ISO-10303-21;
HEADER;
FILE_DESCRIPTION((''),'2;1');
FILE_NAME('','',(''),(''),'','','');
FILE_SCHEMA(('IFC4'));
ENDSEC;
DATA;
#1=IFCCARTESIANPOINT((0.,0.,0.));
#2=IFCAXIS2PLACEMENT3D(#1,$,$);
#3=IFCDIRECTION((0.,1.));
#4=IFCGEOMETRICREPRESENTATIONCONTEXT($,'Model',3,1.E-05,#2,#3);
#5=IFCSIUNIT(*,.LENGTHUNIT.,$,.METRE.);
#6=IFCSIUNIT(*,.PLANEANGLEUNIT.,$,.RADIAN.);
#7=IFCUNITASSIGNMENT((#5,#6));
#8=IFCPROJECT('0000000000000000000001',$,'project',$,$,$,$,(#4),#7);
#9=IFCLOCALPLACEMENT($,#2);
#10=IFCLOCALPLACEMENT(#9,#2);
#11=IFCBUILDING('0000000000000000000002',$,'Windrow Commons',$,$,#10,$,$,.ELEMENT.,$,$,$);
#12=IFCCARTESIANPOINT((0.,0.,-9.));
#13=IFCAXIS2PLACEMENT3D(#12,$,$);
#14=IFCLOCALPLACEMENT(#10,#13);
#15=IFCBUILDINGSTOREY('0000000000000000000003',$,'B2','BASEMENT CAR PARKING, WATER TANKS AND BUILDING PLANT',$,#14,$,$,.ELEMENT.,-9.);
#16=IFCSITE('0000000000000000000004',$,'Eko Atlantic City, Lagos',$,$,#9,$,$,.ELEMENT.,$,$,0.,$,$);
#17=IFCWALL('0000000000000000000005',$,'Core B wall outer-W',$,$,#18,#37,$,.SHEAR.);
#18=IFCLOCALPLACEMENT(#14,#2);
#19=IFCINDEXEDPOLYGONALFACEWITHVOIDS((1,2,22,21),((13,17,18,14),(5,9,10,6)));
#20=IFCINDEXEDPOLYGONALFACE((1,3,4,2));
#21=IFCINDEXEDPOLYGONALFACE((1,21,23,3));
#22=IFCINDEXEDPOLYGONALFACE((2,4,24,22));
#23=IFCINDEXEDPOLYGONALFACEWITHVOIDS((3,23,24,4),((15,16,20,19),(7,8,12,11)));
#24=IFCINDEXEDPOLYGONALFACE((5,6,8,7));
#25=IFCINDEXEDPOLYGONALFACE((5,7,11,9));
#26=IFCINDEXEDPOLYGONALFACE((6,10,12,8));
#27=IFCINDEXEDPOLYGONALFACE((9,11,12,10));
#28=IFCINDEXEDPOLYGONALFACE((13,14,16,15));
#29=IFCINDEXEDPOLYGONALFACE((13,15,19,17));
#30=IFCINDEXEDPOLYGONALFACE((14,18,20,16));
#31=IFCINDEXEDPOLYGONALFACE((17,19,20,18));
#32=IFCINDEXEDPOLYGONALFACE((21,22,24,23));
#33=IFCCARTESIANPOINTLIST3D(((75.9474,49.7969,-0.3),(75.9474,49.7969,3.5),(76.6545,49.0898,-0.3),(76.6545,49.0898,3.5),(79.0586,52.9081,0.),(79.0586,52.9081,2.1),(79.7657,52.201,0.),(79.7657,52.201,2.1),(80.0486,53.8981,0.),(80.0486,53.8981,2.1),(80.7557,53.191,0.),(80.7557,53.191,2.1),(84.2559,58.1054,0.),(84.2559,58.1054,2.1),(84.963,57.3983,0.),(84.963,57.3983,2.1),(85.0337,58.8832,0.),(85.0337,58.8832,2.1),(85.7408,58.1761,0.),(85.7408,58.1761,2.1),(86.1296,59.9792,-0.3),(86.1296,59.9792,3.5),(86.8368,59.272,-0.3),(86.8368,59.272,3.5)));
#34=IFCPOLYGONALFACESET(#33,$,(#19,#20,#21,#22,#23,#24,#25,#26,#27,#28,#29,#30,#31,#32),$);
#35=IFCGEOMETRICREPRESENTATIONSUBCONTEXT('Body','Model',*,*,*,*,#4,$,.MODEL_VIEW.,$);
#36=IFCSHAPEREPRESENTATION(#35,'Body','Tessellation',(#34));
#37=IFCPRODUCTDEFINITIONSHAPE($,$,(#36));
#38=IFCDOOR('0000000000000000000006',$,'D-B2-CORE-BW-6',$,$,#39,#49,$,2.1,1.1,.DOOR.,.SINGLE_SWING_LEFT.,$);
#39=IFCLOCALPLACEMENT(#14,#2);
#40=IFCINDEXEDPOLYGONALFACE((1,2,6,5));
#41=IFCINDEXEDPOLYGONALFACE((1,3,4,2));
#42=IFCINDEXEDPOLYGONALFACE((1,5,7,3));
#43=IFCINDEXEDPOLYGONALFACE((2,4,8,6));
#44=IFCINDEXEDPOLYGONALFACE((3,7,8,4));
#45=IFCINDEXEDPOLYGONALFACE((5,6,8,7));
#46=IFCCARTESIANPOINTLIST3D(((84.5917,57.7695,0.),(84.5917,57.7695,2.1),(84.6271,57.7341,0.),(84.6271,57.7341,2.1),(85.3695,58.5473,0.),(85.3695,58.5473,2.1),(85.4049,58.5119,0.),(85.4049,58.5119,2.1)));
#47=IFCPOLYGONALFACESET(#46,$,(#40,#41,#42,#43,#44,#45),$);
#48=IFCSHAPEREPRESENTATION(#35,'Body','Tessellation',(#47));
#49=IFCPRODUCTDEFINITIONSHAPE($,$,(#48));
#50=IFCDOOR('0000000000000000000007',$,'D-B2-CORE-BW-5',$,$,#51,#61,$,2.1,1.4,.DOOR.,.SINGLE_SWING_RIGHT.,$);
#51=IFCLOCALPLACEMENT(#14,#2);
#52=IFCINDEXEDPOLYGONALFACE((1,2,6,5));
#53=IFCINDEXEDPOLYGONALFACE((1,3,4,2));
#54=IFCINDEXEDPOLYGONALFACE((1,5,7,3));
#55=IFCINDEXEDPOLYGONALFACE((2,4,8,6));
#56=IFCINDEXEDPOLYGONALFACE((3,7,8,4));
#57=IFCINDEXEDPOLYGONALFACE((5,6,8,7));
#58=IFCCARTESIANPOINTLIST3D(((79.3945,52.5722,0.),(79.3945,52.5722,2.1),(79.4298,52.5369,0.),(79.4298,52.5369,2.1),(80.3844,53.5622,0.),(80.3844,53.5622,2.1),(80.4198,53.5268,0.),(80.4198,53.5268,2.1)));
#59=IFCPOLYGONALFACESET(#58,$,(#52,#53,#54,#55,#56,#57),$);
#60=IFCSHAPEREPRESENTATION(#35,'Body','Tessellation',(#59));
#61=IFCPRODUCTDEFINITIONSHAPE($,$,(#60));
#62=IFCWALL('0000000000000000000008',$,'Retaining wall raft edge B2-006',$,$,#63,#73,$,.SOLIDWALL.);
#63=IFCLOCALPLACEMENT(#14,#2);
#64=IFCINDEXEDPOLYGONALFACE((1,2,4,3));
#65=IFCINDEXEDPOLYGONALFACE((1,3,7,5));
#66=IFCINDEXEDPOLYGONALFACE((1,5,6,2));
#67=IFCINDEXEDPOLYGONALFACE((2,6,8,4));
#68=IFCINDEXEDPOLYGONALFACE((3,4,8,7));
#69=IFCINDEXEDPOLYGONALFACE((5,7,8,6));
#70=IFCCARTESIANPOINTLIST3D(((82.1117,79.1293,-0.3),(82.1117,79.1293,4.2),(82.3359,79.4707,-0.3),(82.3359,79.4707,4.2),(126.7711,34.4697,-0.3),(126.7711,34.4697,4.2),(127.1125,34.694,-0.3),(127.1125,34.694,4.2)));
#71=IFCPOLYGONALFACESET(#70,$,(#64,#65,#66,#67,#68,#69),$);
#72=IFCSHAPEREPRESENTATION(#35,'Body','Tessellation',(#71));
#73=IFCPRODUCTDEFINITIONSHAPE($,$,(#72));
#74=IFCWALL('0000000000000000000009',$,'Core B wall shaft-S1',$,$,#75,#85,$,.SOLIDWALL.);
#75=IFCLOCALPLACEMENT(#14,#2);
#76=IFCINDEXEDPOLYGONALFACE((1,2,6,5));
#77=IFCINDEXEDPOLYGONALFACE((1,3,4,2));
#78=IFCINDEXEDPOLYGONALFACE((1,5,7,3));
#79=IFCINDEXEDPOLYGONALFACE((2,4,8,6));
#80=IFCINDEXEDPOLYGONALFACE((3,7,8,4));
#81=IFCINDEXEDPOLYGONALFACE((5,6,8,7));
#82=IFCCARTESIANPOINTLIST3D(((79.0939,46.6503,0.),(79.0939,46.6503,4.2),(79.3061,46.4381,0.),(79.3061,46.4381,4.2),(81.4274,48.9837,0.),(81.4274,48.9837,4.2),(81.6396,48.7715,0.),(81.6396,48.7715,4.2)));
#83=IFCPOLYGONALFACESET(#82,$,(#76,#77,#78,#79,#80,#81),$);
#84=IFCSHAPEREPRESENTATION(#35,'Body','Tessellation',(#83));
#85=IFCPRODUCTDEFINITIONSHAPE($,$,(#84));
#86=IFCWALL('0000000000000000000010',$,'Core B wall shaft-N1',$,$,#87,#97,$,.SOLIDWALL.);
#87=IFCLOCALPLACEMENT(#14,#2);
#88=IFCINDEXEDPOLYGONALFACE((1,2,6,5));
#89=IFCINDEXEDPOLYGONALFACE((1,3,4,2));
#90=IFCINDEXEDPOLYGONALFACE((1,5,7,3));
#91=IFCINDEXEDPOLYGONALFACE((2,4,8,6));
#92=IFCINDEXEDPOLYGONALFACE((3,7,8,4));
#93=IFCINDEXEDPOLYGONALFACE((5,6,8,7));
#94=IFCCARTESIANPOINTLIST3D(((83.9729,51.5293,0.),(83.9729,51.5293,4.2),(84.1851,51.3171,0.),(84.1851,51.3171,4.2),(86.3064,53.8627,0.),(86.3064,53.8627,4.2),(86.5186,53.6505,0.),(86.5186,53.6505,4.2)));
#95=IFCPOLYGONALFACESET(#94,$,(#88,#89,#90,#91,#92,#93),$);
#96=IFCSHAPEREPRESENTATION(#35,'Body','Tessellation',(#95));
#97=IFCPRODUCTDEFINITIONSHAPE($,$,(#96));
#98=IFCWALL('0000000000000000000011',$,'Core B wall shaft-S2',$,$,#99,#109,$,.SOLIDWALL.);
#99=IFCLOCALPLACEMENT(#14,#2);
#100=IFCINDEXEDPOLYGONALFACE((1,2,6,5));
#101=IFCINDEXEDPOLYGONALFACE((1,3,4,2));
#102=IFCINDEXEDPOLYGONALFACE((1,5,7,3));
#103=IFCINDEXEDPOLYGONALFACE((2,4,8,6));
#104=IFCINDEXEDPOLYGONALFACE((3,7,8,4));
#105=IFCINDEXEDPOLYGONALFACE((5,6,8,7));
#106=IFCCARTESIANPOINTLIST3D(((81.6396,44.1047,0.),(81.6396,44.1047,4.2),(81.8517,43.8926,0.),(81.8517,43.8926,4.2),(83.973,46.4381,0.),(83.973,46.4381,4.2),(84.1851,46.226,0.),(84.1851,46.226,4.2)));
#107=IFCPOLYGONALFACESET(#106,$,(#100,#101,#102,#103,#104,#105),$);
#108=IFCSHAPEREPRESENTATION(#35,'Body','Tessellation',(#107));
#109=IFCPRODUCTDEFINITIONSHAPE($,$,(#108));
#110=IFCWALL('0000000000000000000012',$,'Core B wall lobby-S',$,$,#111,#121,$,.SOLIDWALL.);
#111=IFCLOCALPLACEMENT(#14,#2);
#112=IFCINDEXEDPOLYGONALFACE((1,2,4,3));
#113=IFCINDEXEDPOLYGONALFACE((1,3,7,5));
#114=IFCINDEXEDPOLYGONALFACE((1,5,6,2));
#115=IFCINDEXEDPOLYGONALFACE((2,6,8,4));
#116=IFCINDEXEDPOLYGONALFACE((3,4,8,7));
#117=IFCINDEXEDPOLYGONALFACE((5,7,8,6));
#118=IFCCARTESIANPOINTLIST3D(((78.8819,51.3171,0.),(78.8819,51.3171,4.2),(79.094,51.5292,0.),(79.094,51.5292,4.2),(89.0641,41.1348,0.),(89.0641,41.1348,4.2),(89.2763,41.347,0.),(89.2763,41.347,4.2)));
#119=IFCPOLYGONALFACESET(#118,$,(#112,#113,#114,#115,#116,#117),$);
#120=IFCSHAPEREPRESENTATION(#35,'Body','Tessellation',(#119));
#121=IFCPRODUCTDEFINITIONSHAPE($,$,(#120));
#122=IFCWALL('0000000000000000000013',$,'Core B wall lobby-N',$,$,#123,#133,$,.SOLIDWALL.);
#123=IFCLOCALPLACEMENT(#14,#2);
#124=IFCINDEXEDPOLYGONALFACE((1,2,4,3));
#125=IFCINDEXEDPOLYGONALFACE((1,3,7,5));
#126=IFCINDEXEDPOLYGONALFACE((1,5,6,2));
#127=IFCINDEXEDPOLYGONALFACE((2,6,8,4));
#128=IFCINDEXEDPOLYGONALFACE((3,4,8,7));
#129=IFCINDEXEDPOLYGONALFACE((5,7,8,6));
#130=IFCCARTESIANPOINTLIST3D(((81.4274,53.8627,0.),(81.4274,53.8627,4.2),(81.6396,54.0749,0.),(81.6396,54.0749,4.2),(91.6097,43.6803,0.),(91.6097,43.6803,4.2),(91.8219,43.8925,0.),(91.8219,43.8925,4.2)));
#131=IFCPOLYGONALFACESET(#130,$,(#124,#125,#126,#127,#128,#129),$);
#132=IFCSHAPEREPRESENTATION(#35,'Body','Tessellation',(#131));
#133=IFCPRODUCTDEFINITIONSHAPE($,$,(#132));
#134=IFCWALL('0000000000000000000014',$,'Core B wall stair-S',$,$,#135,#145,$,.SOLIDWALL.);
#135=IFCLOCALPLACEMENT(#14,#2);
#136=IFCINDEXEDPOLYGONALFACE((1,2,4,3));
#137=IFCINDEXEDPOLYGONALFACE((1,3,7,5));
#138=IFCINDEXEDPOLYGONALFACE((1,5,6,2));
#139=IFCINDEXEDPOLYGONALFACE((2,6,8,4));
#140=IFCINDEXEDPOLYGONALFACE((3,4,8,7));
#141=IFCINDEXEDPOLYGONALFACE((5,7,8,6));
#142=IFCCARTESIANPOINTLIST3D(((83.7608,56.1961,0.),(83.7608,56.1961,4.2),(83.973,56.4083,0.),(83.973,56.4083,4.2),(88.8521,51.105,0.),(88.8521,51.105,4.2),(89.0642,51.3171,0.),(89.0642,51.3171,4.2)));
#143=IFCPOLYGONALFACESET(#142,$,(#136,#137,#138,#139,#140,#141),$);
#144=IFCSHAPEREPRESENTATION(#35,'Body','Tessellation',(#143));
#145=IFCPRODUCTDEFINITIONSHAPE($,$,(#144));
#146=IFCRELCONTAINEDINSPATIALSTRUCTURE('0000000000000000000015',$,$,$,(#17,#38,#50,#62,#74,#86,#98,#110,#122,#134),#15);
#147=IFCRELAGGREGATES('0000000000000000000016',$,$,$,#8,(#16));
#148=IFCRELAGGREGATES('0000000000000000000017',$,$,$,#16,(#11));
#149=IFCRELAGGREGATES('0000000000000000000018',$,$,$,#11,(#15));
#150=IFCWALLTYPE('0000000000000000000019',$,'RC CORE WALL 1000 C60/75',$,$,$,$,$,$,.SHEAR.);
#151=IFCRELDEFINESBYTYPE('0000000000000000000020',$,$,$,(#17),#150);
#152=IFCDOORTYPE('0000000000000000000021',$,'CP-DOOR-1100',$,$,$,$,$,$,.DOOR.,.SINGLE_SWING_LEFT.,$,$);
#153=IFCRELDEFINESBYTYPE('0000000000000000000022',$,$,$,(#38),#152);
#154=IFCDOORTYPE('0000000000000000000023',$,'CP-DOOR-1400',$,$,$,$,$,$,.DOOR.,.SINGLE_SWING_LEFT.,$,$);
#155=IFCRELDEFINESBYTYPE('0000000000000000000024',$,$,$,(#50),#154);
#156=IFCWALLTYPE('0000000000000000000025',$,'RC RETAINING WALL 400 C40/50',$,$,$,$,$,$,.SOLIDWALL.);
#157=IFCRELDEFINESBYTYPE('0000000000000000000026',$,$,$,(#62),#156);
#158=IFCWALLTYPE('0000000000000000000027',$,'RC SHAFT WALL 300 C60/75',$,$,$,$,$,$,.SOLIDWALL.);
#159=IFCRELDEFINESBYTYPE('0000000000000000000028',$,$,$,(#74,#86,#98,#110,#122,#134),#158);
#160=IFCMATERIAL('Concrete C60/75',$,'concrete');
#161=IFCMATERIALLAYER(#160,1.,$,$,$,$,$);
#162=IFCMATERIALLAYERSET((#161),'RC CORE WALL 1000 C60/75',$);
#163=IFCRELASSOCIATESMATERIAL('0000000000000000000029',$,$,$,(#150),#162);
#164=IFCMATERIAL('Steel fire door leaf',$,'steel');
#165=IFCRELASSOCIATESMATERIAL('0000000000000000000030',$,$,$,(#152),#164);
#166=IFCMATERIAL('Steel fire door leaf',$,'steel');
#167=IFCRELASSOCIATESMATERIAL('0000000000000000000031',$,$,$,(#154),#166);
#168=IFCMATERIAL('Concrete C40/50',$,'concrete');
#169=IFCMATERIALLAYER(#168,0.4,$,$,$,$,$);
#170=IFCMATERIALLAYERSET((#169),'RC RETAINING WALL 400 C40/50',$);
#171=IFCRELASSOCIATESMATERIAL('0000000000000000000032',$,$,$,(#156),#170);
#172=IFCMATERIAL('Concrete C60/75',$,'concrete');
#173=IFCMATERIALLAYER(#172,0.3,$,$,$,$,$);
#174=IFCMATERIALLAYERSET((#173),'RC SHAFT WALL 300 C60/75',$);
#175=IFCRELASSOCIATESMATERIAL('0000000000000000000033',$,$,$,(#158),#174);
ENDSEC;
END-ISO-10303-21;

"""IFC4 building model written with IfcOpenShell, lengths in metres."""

from ifc_helpers import new_model, si_unit, direction, frame, frame_2d, origin, place, context, subcontext, project, spatial, polyline, rectangle, outline, extrude, material, layer, layer_set, type_object, element, fill, save


model = new_model("IFC4")

# Units and contexts
model_context = context("Model", 3, precision=1e-05, world=origin(), true_north=direction((0.0, 1.0)))
body_context = subcontext(model_context, "Body", "Model", "MODEL_VIEW")
ifc_project = project(units=[si_unit("LENGTHUNIT", "METRE"), si_unit("PLANEANGLEUNIT", "RADIAN")], contexts=[model_context])

# Site, building, storey
site_placement = place(None, origin())
site = spatial("IfcSite", under=ifc_project, at=site_placement, Name="Eko Atlantic City, Lagos", CompositionType="ELEMENT", RefElevation=0.0)
building_placement = place(site_placement, origin())
building = spatial("IfcBuilding", under=site, at=building_placement, Name="Windrow Commons", CompositionType="ELEMENT")
storey_placement = place(building_placement, frame((0.0, 0.0, -9.0)))
storey = spatial("IfcBuildingStorey", under=building, at=storey_placement, Name="B2", Description="BASEMENT CAR PARKING, WATER TANKS AND BUILDING PLANT", CompositionType="ELEMENT", Elevation=-9.0)

# Shared definitions
ifc_material_1 = material(Name="Concrete C60/75", Category="concrete")
ifc_layer_1 = layer(ifc_material_1, 1.0)
ifc_layer_set_1 = layer_set([ifc_layer_1], Name="RC CORE WALL 1000 C60/75")
wall_type_1 = type_object("IfcWallType", Name="RC CORE WALL 1000 C60/75", PredefinedType="SHEAR", material=ifc_layer_set_1)
ifc_material_2 = material(Name="Steel fire door leaf", Category="steel")
door_type_1 = type_object("IfcDoorType", Name="CP-DOOR-1100", OperationType="SINGLE_SWING_LEFT", PredefinedType="DOOR", material=ifc_material_2)
ifc_material_3 = material(Name="Steel fire door leaf", Category="steel")
door_type_2 = type_object("IfcDoorType", Name="CP-DOOR-1400", OperationType="SINGLE_SWING_LEFT", PredefinedType="DOOR", material=ifc_material_3)

# Wall, openings, doors
wall_1_placement = place(storey_placement, frame((76.3009, 49.4433, -0.3), z_axis=(0.0, 0.0, 1.0), x_axis=(0.707107, 0.707107, 0.0)))
wall_1 = element("IfcWall", 1, at=wall_1_placement, inside=storey, type_object=wall_type_1, Name="Core B wall outer-W", PredefinedType="SHEAR", context=body_context, shape_type="SweptSolid", body=[
    extrude(rectangle(XDim=14.3999, YDim=1.0, at=frame_2d((7.2, 0.0))), origin(), (0.0, 0.0, 1.0), 3.8),
])
opening_1_placement = place(wall_1_placement, frame((4.4, 0.0, 0.3)))
opening_1 = element("IfcOpeningElement", 2, at=opening_1_placement, cuts=wall_1, PredefinedType="OPENING", context=body_context, shape_type="SweptSolid", body=[
    extrude(rectangle(XDim=1.4, YDim=2.1, at=frame_2d((0.7, 1.05))), frame((0.0, 0.51, 0.0), z_axis=(0.0, -1.0, 0.0), x_axis=(1.0, 0.0, 0.0)), (0.0, 0.0, 1.0), 1.02),
])
opening_2_placement = place(wall_1_placement, frame((11.75, 0.0, 0.3)))
opening_2 = element("IfcOpeningElement", 3, at=opening_2_placement, cuts=wall_1, PredefinedType="OPENING", context=body_context, shape_type="SweptSolid", body=[
    extrude(rectangle(XDim=1.1, YDim=2.1, at=frame_2d((0.55, 1.05))), frame((0.0, 0.51, 0.0), z_axis=(0.0, -1.0, 0.0), x_axis=(1.0, 0.0, 0.0)), (0.0, 0.0, 1.0), 1.02),
])
door_1_placement = place(opening_2_placement, origin())
door_1 = element("IfcDoor", 4, at=door_1_placement, inside=storey, type_object=door_type_1, Name="D-B2-CORE-BW-6", OperationType="SINGLE_SWING_LEFT", OverallHeight=2.1, OverallWidth=1.1, PredefinedType="DOOR", context=body_context, shape_type="SweptSolid", body=[
    extrude(rectangle(XDim=1.1, YDim=2.1, at=frame_2d((0.55, 1.05))), frame((0.0, 0.025, 0.0), z_axis=(0.0, -1.0, 0.0), x_axis=(1.0, 0.0, 0.0)), (0.0, 0.0, 1.0), 0.05),
])
fill(opening_2, door_1)
door_2_placement = place(opening_1_placement, origin())
door_2 = element("IfcDoor", 5, at=door_2_placement, inside=storey, type_object=door_type_2, Name="D-B2-CORE-BW-5", OperationType="SINGLE_SWING_RIGHT", OverallHeight=2.1, OverallWidth=1.4, PredefinedType="DOOR", context=body_context, shape_type="SweptSolid", body=[
    extrude(rectangle(XDim=1.4, YDim=2.1, at=frame_2d((0.7, 1.05))), frame((0.0, 0.025, 0.0), z_axis=(0.0, -1.0, 0.0), x_axis=(1.0, 0.0, 0.0)), (0.0, 0.0, 1.0), 0.05),
])
fill(opening_1, door_2)

# Walls
ifc_material_4 = material(Name="Concrete C40/50", Category="concrete")
ifc_layer_2 = layer(ifc_material_4, 0.4)
ifc_layer_set_2 = layer_set([ifc_layer_2], Name="RC RETAINING WALL 400 C40/50")
wall_type_2 = type_object("IfcWallType", Name="RC RETAINING WALL 400 C40/50", PredefinedType="SOLIDWALL", material=ifc_layer_set_2)
wall_2_placement = place(storey_placement, frame((82.2238, 79.3, -0.3), z_axis=(0.0, 0.0, 1.0), x_axis=(0.707106, -0.707108, 0.0)))
element("IfcWall", 6, at=wall_2_placement, inside=storey, type_object=wall_type_2, Name="Retaining wall raft edge B2-006", PredefinedType="SOLIDWALL", context=body_context, shape_type="SweptSolid", body=[
    extrude(outline(polyline([(0.0414, -0.2), (63.1995, -0.2), (63.2823, 0.2), (-0.0414, 0.2), (0.0414, -0.2)])), origin(), (0.0, 0.0, 1.0), 4.5),
])
ifc_material_5 = material(Name="Concrete C60/75", Category="concrete")
ifc_layer_3 = layer(ifc_material_5, 0.3)
ifc_layer_set_3 = layer_set([ifc_layer_3], Name="RC SHAFT WALL 300 C60/75")
wall_type_3 = type_object("IfcWallType", Name="RC SHAFT WALL 300 C60/75", PredefinedType="SOLIDWALL", material=ifc_layer_set_3)
for number, where, z_axis, x_axis, name in (
    (7, (79.2, 46.5442, 0.0), (0.0, 0.0, 1.0), (0.707122, 0.707092, 0.0), "Core B wall shaft-S1"),
    (8, (84.079, 51.4232, 0.0), (0.0, 0.0, 1.0), (0.707122, 0.707092, 0.0), "Core B wall shaft-N1"),
):
    element("IfcWall", number, at=place(storey_placement, frame(where, z_axis=z_axis, x_axis=x_axis)), inside=storey, type_object=wall_type_3, Name=name, PredefinedType="SOLIDWALL", context=body_context, shape_type="SweptSolid", body=[
        extrude(rectangle(XDim=3.3, YDim=0.3, at=frame_2d((1.65, 0.0))), origin(), (0.0, 0.0, 1.0), 4.2),
    ])
wall_3_placement = place(storey_placement, frame((81.7456, 43.9986, 0.0), z_axis=(0.0, 0.0, 1.0), x_axis=(0.707107, 0.707107, 0.0)))
element("IfcWall", 9, at=wall_3_placement, inside=storey, type_object=wall_type_3, Name="Core B wall shaft-S2", PredefinedType="SOLIDWALL", context=body_context, shape_type="SweptSolid", body=[
    extrude(rectangle(XDim=3.2999, YDim=0.3, at=frame_2d((1.65, 0.0))), origin(), (0.0, 0.0, 1.0), 4.2),
])
wall_4_placement = place(storey_placement, frame((78.9879, 51.4232, 0.0), z_axis=(0.0, 0.0, 1.0), x_axis=(0.707107, -0.707107, 0.0)))
element("IfcWall", 10, at=wall_4_placement, inside=storey, type_object=wall_type_3, Name="Core B wall lobby-S", PredefinedType="SOLIDWALL", context=body_context, shape_type="SweptSolid", body=[
    extrude(rectangle(XDim=14.3999, YDim=0.3, at=frame_2d((7.2, 0.0))), origin(), (0.0, 0.0, 1.0), 4.2),
])
wall_5_placement = place(storey_placement, frame((81.5335, 53.9688, 0.0), z_axis=(0.0, 0.0, 1.0), x_axis=(0.707103, -0.70711, 0.0)))
element("IfcWall", 11, at=wall_5_placement, inside=storey, type_object=wall_type_3, Name="Core B wall lobby-N", PredefinedType="SOLIDWALL", context=body_context, shape_type="SweptSolid", body=[
    extrude(rectangle(XDim=14.4, YDim=0.3, at=frame_2d((7.2, 0.0))), origin(), (0.0, 0.0, 1.0), 4.2),
])
wall_6_placement = place(storey_placement, frame((83.8669, 56.3022, 0.0), z_axis=(0.0, 0.0, 1.0), x_axis=(0.707114, -0.7071, 0.0)))
element("IfcWall", 12, at=wall_6_placement, inside=storey, type_object=wall_type_3, Name="Core B wall stair-S", PredefinedType="SOLIDWALL", context=body_context, shape_type="SweptSolid", body=[
    extrude(rectangle(XDim=7.2, YDim=0.3, at=frame_2d((3.6, 0.0))), origin(), (0.0, 0.0, 1.0), 4.2),
])

save(model, "model.ifc")
